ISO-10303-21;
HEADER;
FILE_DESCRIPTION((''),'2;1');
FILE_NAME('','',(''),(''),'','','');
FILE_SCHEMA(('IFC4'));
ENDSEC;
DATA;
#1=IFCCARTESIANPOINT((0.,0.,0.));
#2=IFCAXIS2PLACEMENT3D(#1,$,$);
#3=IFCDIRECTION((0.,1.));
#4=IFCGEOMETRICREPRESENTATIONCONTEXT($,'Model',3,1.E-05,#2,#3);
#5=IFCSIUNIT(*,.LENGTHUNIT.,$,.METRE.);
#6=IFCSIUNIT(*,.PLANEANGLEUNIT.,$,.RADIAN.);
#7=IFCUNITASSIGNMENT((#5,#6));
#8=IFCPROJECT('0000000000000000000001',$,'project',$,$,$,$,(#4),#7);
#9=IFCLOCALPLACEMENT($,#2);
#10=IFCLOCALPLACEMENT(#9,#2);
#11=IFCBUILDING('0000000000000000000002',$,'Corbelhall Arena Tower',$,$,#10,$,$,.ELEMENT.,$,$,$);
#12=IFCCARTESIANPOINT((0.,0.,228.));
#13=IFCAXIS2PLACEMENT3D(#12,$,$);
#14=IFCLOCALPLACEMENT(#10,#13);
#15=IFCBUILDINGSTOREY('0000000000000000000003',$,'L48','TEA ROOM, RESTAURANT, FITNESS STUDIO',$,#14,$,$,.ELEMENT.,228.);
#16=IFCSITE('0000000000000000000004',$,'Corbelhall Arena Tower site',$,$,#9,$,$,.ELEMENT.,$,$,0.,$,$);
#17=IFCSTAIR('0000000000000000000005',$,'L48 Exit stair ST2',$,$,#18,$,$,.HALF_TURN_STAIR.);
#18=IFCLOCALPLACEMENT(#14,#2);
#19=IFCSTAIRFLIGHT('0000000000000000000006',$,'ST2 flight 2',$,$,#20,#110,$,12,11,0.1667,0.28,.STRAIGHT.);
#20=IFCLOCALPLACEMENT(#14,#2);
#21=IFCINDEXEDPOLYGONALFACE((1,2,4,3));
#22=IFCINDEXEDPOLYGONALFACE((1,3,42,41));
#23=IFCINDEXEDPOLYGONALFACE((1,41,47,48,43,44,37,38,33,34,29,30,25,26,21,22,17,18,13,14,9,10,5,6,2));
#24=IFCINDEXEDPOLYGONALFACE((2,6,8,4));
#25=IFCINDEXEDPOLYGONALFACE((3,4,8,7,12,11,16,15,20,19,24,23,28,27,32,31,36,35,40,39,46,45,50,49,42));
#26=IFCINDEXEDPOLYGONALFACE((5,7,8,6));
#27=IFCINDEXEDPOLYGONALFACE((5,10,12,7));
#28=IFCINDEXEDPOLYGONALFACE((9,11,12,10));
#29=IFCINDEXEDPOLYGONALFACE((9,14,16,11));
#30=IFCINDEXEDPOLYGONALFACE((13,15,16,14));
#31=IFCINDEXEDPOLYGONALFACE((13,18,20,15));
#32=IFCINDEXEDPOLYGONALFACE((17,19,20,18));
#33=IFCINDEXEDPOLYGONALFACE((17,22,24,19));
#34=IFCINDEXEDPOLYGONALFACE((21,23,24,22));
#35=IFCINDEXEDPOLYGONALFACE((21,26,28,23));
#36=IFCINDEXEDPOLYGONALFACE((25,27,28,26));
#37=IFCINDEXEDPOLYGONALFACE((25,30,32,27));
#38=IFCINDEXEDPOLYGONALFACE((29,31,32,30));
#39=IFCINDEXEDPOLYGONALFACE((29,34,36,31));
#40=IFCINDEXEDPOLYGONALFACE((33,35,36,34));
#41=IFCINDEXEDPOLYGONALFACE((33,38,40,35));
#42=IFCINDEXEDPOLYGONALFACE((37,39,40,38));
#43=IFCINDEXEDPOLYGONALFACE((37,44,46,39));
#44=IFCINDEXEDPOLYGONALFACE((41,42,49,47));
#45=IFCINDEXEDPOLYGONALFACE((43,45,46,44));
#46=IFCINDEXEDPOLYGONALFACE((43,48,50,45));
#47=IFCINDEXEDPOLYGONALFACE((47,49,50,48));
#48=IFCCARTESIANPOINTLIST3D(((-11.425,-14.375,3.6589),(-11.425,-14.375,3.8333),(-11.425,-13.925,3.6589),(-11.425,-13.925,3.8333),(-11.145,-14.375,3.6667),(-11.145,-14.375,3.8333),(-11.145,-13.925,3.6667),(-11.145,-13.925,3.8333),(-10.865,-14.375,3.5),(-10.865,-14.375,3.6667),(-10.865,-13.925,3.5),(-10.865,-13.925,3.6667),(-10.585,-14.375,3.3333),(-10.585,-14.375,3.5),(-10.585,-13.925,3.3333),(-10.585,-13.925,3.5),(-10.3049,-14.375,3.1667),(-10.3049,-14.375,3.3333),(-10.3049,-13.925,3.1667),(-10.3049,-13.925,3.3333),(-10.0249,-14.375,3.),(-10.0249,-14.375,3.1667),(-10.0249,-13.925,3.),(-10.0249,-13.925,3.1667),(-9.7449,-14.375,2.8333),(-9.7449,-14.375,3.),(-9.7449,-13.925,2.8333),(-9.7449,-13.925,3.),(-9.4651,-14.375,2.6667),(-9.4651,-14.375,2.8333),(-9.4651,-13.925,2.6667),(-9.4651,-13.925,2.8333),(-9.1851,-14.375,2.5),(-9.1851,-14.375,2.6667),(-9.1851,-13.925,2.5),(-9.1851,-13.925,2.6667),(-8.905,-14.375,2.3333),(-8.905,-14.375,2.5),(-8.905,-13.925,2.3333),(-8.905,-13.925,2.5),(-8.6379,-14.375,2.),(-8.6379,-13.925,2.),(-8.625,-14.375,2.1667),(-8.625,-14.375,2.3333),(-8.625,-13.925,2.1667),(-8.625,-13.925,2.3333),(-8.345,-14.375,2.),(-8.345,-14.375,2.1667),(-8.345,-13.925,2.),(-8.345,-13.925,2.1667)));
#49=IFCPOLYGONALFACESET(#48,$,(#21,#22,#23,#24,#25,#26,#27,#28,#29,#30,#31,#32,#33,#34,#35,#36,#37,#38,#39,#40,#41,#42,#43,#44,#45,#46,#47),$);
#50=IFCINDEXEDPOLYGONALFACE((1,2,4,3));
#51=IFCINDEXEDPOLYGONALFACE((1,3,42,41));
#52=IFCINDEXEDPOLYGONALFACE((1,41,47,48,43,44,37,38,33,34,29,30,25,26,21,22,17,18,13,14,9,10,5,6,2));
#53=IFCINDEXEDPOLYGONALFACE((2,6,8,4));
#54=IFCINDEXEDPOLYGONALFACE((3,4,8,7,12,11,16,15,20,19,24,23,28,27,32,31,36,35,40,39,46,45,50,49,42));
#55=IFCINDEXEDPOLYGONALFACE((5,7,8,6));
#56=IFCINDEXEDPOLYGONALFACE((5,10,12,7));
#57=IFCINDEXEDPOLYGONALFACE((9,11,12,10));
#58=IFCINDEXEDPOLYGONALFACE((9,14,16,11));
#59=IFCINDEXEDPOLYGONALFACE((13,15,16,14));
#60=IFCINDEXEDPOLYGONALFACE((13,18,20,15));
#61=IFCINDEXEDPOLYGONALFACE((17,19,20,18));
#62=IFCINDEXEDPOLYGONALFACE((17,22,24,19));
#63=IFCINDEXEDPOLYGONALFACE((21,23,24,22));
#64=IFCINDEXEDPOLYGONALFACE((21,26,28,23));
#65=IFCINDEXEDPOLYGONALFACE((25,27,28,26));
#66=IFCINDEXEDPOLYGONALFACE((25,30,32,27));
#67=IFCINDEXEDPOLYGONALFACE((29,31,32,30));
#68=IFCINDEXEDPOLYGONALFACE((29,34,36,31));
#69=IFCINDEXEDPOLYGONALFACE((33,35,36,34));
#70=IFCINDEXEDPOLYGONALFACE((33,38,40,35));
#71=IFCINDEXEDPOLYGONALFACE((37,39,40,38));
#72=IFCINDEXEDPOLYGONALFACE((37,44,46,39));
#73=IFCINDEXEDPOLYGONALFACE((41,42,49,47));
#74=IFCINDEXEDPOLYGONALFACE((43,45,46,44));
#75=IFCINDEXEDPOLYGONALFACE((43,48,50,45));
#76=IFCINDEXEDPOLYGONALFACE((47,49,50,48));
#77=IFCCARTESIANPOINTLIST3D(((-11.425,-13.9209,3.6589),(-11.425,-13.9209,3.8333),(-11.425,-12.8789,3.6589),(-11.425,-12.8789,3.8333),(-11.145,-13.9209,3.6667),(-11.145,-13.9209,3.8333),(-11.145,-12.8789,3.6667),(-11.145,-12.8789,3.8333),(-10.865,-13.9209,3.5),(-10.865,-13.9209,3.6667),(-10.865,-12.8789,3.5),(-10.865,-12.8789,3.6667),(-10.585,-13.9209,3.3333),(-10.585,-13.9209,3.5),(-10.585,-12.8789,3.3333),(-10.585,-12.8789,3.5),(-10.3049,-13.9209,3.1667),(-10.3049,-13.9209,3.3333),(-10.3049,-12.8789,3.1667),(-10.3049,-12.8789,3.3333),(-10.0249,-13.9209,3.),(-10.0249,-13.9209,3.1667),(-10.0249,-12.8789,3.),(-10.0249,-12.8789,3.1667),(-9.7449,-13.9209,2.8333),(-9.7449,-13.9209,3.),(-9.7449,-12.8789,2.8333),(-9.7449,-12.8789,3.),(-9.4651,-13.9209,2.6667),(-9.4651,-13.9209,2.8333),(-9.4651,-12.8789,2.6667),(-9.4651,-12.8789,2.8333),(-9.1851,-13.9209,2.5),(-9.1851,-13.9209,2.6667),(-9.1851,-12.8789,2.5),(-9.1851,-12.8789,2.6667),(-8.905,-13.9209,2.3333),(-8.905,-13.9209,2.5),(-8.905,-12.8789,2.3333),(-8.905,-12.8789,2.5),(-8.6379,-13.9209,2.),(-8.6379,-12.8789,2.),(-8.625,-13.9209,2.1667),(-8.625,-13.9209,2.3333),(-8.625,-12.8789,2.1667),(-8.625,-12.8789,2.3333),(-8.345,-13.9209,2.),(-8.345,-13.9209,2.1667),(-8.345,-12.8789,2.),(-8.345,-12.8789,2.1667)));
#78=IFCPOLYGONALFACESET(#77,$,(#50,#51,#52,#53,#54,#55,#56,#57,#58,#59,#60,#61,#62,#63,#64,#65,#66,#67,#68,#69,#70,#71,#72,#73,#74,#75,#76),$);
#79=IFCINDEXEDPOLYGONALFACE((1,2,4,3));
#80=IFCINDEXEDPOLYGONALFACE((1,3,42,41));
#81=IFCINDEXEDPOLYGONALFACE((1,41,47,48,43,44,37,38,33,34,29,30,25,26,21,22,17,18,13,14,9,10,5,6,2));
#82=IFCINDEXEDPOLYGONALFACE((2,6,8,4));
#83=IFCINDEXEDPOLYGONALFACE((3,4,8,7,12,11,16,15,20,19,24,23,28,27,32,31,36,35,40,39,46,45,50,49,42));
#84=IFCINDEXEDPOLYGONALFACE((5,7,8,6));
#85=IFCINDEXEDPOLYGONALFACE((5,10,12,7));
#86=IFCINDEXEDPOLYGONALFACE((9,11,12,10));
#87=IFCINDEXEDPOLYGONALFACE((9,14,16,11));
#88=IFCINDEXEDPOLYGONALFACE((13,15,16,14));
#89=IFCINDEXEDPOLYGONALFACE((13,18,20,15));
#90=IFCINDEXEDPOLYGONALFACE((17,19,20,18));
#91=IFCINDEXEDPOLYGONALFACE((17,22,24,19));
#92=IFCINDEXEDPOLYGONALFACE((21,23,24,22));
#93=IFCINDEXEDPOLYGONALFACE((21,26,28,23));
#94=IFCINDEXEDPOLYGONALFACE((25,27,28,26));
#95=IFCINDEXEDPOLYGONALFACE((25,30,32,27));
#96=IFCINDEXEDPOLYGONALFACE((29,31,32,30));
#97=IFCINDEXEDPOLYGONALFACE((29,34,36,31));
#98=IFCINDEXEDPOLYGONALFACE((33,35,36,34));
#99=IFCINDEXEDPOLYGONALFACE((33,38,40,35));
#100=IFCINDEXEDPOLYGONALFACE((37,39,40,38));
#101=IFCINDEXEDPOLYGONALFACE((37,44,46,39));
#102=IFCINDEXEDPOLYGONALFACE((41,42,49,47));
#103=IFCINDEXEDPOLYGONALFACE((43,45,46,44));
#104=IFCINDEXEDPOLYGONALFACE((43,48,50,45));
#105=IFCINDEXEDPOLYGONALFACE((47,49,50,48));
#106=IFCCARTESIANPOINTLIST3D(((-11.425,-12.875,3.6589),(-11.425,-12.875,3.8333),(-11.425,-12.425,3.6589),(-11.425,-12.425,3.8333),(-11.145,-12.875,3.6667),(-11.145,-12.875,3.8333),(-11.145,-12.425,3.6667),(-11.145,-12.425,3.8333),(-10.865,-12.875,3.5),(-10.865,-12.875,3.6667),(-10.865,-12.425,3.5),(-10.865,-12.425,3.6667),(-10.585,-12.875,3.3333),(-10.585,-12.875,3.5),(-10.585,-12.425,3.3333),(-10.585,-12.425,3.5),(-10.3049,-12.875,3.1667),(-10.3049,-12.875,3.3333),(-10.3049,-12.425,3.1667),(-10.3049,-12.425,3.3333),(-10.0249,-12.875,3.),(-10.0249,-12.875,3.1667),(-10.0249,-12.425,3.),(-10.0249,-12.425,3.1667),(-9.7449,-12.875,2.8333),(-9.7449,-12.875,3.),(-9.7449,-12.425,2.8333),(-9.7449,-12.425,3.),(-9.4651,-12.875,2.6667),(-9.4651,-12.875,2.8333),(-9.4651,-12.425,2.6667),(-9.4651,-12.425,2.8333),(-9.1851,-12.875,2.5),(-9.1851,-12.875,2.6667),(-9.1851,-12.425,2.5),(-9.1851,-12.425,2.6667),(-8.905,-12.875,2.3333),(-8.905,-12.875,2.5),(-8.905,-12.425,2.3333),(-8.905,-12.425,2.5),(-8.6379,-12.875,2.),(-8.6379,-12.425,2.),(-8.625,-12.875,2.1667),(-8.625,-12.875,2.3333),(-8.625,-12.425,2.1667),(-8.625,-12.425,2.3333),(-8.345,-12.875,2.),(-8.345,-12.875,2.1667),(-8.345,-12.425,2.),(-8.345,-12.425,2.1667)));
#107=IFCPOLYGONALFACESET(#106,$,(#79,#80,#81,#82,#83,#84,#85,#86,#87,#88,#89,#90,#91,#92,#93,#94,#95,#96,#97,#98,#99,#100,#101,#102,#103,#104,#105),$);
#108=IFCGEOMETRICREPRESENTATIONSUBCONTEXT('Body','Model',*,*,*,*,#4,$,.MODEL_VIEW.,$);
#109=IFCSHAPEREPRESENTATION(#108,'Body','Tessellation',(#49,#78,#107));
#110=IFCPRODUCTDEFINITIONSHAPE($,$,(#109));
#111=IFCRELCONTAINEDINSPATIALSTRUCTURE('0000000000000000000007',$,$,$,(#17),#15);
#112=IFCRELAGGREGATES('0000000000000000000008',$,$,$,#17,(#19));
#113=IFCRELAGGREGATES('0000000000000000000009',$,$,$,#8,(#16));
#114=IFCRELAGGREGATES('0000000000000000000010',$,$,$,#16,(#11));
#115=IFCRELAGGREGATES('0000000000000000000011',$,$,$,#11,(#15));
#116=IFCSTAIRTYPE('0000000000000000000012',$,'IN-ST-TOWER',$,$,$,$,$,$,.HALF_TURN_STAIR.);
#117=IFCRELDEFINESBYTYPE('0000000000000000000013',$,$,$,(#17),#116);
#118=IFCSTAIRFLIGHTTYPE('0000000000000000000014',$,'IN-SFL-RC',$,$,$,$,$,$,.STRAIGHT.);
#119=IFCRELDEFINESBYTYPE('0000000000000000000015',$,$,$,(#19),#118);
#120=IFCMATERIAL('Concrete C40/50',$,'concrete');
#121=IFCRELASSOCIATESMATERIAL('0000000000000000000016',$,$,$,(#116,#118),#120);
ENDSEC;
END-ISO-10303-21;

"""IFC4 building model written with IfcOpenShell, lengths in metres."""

from ifc_helpers import new_model, si_unit, direction, frame, origin, place, context, subcontext, project, spatial, polyline, outline, extrude, material, type_object, element, aggregate, save


model = new_model("IFC4")

# Units and contexts
model_context = context("Model", 3, precision=1e-05, world=origin(), true_north=direction((0.0, 1.0)))
body_context = subcontext(model_context, "Body", "Model", "MODEL_VIEW")
ifc_project = project(units=[si_unit("LENGTHUNIT", "METRE"), si_unit("PLANEANGLEUNIT", "RADIAN")], contexts=[model_context])

# Site, building, storey
site_placement = place(None, origin())
site = spatial("IfcSite", under=ifc_project, at=site_placement, Name="Corbelhall Arena Tower site", CompositionType="ELEMENT", RefElevation=0.0)
building_placement = place(site_placement, origin())
building = spatial("IfcBuilding", under=site, at=building_placement, Name="Corbelhall Arena Tower", CompositionType="ELEMENT")
storey_placement = place(building_placement, frame((0.0, 0.0, 228.0)))
storey = spatial("IfcBuildingStorey", under=building, at=storey_placement, Name="L48", Description="TEA ROOM, RESTAURANT, FITNESS STUDIO", CompositionType="ELEMENT", Elevation=228.0)

# Shared definitions
ifc_material_1 = material(Name="Concrete C40/50", Category="concrete")

# Stair, stair flight
stair_type = type_object("IfcStairType", Name="IN-ST-TOWER", PredefinedType="HALF_TURN_STAIR", material=ifc_material_1)
stair_placement = place(storey_placement, origin())
stair = element("IfcStair", 1, at=stair_placement, inside=storey, type_object=stair_type, Name="L48 Exit stair ST2", PredefinedType="HALF_TURN_STAIR")
stair_flight_type = type_object("IfcStairFlightType", Name="IN-SFL-RC", PredefinedType="STRAIGHT", material=ifc_material_1)
stair_flight_1_placement = place(storey_placement, frame((-8.345, -13.3999, 2.0), z_axis=(0.0, 0.0, 1.0), x_axis=(-1.0, 0.0, 0.0)))
stair_flight_1 = element("IfcStairFlight", 2, at=stair_flight_1_placement, type_object=stair_flight_type, Name="ST2 flight 2", NumberOfRisers=12, NumberOfTreads=11, PredefinedType="STRAIGHT", RiserHeight=0.1667, TreadLength=0.28, context=body_context, shape_type="SweptSolid", body=[
    extrude(outline(polyline([(0.0, 0.0), (0.0, 0.1667), (0.28, 0.1667), (0.28, 0.3333), (0.5601, 0.3333), (0.5601, 0.5), (0.8401, 0.5), (0.8401, 0.6667), (1.1201, 0.6667), (1.1201, 0.8333), (1.3999, 0.8333), (1.3999, 1.0), (1.6799, 1.0), (1.6799, 1.1667), (1.96, 1.1667), (1.96, 1.3333), (2.24, 1.3333), (2.24, 1.5), (2.52, 1.5), (2.52, 1.6667), (2.8, 1.6667), (2.8, 1.8333), (3.0801, 1.8333), (3.0801, 2.0), (3.0801, 1.6589), (0.293, 0.0), (0.0, 0.0)])), frame((0.0, 0.9751, 0.0), z_axis=(0.0, -1.0, 0.0), x_axis=(1.0, 0.0, 0.0)), (0.0, 0.0, 1.0), 0.45),
    extrude(outline(polyline([(0.0, 0.0), (0.0, 0.1667), (0.28, 0.1667), (0.28, 0.3333), (0.5601, 0.3333), (0.5601, 0.5), (0.8401, 0.5), (0.8401, 0.6667), (1.1201, 0.6667), (1.1201, 0.8333), (1.3999, 0.8333), (1.3999, 1.0), (1.6799, 1.0), (1.6799, 1.1667), (1.96, 1.1667), (1.96, 1.3333), (2.24, 1.3333), (2.24, 1.5), (2.52, 1.5), (2.52, 1.6667), (2.8, 1.6667), (2.8, 1.8333), (3.0801, 1.8333), (3.0801, 2.0), (3.0801, 1.6589), (0.293, 0.0), (0.0, 0.0)])), frame((0.0, 0.521, 0.0), z_axis=(0.0, -1.0, 0.0), x_axis=(1.0, 0.0, 0.0)), (0.0, 0.0, 1.0), 1.042),
    extrude(outline(polyline([(0.0, 0.0), (0.0, 0.1667), (0.28, 0.1667), (0.28, 0.3333), (0.5601, 0.3333), (0.5601, 0.5), (0.8401, 0.5), (0.8401, 0.6667), (1.1201, 0.6667), (1.1201, 0.8333), (1.3999, 0.8333), (1.3999, 1.0), (1.6799, 1.0), (1.6799, 1.1667), (1.96, 1.1667), (1.96, 1.3333), (2.24, 1.3333), (2.24, 1.5), (2.52, 1.5), (2.52, 1.6667), (2.8, 1.6667), (2.8, 1.8333), (3.0801, 1.8333), (3.0801, 2.0), (3.0801, 1.6589), (0.293, 0.0), (0.0, 0.0)])), frame((0.0, -0.5249, 0.0), z_axis=(0.0, -1.0, 0.0), x_axis=(1.0, 0.0, 0.0)), (0.0, 0.0, 1.0), 0.45),
])
aggregate(stair, [stair_flight_1])

save(model, "model.ifc")
